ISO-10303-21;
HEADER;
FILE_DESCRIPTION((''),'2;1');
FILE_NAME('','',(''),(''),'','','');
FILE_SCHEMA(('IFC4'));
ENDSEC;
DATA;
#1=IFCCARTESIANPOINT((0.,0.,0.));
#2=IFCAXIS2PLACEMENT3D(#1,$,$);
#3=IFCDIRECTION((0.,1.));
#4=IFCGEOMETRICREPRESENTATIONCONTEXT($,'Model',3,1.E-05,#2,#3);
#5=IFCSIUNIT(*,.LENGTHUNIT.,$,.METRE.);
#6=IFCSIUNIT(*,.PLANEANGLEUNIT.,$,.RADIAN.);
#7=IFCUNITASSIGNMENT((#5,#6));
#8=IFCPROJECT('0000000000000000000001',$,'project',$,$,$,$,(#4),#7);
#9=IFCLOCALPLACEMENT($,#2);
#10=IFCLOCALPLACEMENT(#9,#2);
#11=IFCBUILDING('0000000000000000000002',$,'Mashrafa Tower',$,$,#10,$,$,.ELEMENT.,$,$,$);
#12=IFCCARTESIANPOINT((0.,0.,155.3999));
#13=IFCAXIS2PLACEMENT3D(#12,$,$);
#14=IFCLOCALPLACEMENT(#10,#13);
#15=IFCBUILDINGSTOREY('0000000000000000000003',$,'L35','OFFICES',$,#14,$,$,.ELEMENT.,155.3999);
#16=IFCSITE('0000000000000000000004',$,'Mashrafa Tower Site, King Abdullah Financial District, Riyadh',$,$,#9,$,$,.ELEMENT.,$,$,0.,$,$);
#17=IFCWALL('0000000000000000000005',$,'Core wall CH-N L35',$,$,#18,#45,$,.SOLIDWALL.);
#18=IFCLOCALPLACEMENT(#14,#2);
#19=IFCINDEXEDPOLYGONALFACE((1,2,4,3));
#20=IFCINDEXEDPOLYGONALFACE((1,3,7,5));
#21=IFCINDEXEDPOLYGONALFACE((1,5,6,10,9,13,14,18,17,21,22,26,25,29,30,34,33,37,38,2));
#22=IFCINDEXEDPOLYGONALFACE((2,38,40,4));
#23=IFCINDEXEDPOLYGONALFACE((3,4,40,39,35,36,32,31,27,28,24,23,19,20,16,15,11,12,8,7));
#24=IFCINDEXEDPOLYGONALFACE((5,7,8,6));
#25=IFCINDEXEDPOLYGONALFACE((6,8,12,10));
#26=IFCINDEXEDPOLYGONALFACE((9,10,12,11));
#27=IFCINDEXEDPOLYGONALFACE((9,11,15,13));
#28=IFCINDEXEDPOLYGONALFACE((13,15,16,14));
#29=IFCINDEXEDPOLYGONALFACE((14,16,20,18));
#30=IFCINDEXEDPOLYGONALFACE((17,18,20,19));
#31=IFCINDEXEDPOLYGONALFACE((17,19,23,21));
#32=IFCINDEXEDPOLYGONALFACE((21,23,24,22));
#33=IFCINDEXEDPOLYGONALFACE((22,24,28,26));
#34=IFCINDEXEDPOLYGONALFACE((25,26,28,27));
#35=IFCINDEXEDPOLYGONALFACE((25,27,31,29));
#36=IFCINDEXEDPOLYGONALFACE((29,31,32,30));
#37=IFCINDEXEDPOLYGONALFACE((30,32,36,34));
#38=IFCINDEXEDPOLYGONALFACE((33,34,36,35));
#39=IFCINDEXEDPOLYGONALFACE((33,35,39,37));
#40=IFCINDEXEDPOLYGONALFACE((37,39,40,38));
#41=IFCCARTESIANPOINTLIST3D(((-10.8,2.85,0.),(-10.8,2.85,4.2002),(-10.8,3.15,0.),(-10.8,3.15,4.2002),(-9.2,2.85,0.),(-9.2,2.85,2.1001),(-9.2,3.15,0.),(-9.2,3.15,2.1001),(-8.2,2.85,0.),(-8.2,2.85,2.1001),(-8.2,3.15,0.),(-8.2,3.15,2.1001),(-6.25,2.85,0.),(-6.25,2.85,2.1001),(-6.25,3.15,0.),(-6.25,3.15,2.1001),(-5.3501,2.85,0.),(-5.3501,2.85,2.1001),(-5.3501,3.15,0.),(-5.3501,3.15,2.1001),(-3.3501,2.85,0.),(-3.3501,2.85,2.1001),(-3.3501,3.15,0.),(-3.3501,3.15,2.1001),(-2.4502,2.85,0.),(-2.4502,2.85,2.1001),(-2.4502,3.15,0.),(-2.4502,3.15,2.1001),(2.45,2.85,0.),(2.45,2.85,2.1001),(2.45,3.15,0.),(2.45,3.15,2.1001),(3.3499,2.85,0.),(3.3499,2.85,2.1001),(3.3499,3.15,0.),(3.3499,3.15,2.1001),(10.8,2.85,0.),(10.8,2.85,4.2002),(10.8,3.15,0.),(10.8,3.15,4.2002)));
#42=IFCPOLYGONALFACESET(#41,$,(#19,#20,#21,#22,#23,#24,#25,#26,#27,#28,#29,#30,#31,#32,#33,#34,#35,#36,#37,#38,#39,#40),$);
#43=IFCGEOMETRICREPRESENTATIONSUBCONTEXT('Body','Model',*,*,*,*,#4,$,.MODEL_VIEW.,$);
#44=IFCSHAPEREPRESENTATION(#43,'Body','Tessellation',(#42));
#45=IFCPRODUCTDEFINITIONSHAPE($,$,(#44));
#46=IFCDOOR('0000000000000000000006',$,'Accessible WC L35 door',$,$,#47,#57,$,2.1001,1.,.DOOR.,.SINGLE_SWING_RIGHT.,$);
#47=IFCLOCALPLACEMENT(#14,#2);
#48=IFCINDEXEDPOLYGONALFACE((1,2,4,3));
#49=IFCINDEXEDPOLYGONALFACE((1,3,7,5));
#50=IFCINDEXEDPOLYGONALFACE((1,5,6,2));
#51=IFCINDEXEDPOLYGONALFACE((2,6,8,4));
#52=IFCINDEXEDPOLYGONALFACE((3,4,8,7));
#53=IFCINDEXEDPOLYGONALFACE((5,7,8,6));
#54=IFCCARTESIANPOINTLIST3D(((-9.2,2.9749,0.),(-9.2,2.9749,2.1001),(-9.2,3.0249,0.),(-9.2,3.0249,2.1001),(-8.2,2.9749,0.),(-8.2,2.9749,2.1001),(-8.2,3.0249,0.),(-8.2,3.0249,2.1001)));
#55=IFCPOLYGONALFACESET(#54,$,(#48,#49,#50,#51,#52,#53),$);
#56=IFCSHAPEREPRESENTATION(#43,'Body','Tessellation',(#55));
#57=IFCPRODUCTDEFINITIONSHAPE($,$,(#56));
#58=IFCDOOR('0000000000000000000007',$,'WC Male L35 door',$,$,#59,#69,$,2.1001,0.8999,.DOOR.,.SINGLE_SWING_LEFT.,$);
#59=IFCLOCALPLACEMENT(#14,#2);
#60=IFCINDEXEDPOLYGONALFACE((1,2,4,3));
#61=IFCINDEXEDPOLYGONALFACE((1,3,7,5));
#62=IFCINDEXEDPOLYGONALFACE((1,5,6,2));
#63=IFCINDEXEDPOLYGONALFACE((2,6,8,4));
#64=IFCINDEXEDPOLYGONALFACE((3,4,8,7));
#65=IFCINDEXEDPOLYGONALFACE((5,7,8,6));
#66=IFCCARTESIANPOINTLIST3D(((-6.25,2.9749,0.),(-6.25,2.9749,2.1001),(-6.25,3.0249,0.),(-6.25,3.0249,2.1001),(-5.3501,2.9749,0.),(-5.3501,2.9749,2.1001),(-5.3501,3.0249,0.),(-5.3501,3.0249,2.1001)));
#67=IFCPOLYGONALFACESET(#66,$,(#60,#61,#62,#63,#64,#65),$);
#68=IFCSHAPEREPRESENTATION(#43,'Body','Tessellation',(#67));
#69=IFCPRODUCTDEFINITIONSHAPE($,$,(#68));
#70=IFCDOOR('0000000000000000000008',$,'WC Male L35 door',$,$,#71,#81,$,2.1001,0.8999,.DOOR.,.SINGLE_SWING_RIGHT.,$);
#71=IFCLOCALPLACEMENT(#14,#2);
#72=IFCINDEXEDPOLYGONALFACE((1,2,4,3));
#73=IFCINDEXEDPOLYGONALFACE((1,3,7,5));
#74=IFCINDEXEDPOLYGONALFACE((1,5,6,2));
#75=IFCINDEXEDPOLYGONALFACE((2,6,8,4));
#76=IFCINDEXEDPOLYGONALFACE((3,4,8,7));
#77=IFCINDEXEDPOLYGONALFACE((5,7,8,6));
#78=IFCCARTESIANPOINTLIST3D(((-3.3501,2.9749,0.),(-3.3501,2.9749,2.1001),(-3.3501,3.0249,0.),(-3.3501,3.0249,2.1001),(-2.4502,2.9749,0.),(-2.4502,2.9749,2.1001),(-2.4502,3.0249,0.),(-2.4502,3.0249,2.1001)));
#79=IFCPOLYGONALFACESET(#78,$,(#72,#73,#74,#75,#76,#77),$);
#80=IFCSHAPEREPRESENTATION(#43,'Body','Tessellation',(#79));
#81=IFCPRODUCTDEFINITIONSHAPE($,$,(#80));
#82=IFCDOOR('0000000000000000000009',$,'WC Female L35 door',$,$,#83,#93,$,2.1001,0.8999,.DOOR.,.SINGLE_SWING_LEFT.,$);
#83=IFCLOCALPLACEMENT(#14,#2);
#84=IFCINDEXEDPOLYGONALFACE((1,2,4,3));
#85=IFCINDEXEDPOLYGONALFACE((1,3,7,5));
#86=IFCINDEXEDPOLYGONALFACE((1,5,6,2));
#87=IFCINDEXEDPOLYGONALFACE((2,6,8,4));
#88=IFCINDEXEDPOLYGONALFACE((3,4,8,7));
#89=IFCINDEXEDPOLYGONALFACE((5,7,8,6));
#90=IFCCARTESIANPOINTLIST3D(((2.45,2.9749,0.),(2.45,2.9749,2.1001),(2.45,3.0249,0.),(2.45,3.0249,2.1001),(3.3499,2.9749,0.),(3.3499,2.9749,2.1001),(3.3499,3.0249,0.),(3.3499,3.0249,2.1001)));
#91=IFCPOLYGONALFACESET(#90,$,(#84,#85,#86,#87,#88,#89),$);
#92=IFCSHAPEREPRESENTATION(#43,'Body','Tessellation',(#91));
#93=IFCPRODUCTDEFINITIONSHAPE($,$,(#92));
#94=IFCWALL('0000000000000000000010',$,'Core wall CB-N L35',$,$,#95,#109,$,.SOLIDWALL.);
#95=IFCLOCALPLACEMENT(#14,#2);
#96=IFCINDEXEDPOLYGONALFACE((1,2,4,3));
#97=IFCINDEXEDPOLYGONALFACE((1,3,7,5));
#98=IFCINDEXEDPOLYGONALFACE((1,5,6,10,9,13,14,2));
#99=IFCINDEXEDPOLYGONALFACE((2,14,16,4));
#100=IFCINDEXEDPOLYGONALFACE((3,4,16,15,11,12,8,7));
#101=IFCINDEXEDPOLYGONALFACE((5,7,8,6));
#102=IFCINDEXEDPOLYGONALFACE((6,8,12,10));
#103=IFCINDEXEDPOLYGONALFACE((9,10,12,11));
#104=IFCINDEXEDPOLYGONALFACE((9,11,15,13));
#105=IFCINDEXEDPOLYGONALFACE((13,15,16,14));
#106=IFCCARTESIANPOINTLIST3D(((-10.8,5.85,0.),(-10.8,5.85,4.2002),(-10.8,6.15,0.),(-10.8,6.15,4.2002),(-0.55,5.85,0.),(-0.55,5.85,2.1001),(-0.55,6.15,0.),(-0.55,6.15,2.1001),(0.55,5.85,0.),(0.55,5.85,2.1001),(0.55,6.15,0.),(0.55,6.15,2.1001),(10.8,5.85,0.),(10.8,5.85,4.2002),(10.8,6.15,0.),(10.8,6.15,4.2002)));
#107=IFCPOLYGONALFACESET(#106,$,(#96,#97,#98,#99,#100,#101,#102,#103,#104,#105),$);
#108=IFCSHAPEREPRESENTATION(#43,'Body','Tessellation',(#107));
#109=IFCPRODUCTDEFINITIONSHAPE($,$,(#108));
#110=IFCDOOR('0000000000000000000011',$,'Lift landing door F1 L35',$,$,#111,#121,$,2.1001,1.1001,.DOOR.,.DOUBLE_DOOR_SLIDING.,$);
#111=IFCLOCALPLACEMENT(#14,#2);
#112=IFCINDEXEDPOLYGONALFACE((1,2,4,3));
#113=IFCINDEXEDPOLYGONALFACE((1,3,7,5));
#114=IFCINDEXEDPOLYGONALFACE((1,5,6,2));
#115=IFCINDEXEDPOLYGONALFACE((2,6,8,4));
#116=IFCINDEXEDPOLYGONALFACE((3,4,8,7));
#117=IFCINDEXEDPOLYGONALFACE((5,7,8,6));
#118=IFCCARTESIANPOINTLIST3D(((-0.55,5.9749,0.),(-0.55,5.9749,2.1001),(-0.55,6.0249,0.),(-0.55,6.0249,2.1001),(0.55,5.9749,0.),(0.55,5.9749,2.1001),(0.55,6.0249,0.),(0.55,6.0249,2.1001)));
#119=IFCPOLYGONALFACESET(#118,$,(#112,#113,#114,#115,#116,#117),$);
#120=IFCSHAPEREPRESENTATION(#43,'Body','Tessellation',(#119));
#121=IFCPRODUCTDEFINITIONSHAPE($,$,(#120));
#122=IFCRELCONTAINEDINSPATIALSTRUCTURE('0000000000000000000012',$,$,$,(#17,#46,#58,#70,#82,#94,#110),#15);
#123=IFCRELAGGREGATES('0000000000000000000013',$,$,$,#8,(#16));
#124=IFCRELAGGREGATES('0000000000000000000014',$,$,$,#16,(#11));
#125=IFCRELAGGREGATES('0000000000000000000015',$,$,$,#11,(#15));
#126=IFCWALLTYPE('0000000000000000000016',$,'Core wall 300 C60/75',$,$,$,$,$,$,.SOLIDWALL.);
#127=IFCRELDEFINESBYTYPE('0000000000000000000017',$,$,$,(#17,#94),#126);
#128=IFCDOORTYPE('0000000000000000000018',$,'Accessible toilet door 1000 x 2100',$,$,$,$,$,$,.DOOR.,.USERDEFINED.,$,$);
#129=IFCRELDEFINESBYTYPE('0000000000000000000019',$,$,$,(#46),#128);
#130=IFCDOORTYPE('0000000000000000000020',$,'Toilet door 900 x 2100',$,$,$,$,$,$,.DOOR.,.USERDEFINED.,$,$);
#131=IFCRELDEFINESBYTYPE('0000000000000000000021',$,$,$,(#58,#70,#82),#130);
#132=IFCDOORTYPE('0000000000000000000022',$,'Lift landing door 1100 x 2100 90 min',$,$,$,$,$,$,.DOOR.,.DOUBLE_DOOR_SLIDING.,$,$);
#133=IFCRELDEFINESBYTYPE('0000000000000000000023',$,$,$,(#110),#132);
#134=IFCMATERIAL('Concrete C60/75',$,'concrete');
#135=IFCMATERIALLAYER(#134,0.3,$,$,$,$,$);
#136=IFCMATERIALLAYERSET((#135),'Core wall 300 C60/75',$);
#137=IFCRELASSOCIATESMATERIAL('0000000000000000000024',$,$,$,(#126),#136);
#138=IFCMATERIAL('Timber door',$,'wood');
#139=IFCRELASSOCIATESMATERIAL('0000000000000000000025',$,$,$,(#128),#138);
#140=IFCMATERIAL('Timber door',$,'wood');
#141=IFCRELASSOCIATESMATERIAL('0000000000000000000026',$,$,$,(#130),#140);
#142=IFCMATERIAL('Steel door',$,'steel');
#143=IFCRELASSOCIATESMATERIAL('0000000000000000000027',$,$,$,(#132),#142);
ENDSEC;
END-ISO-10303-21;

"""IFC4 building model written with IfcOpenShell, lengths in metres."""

from ifc_helpers import new_model, si_unit, direction, frame, frame_2d, origin, place, context, subcontext, project, spatial, rectangle, extrude, material, layer, layer_set, type_object, element, fill, save


model = new_model("IFC4")

# Units and contexts
model_context = context("Model", 3, precision=1e-05, world=origin(), true_north=direction((0.0, 1.0)))
body_context = subcontext(model_context, "Body", "Model", "MODEL_VIEW")
ifc_project = project(units=[si_unit("LENGTHUNIT", "METRE"), si_unit("PLANEANGLEUNIT", "RADIAN")], contexts=[model_context])

# Site, building, storey
site_placement = place(None, origin())
site = spatial("IfcSite", under=ifc_project, at=site_placement, Name="Mashrafa Tower Site, King Abdullah Financial District, Riyadh", CompositionType="ELEMENT", RefElevation=0.0)
building_placement = place(site_placement, origin())
building = spatial("IfcBuilding", under=site, at=building_placement, Name="Mashrafa Tower", CompositionType="ELEMENT")
storey_placement = place(building_placement, frame((0.0, 0.0, 155.3999)))
storey = spatial("IfcBuildingStorey", under=building, at=storey_placement, Name="L35", Description="OFFICES", CompositionType="ELEMENT", Elevation=155.3999)

# Wall, openings, doors
ifc_material_1 = material(Name="Concrete C60/75", Category="concrete")
ifc_layer_1 = layer(ifc_material_1, 0.3)
ifc_layer_set_1 = layer_set([ifc_layer_1], Name="Core wall 300 C60/75")
wall_type_1 = type_object("IfcWallType", Name="Core wall 300 C60/75", PredefinedType="SOLIDWALL", material=ifc_layer_set_1)
wall_1_placement = place(storey_placement, frame((-10.8, 3.0, 0.0), z_axis=(0.0, 0.0, 1.0), x_axis=(1.0, 0.0, 0.0)))
wall_1 = element("IfcWall", 1, at=wall_1_placement, inside=storey, type_object=wall_type_1, Name="Core wall CH-N L35", PredefinedType="SOLIDWALL", context=body_context, shape_type="SweptSolid", body=[
    extrude(rectangle(XDim=21.6001, YDim=0.3, at=frame_2d((10.8, 0.0))), origin(), (0.0, 0.0, 1.0), 4.2002),
])
opening_1_placement = place(wall_1_placement, frame((1.6001, 0.0, 0.0)))
opening_1 = element("IfcOpeningElement", 2, at=opening_1_placement, cuts=wall_1, PredefinedType="OPENING", context=body_context, shape_type="SweptSolid", body=[
    extrude(rectangle(XDim=1.0, YDim=2.1001, at=frame_2d((0.5, 1.05))), frame((0.0, 0.1599, 0.0), z_axis=(0.0, -1.0, 0.0), x_axis=(1.0, 0.0, 0.0)), (0.0, 0.0, 1.0), 0.3201),
])
opening_2_placement = place(wall_1_placement, frame((4.55, 0.0, 0.0)))
opening_2 = element("IfcOpeningElement", 3, at=opening_2_placement, cuts=wall_1, PredefinedType="OPENING", context=body_context, shape_type="SweptSolid", body=[
    extrude(rectangle(XDim=0.8999, YDim=2.1001, at=frame_2d((0.45, 1.05))), frame((0.0, 0.1599, 0.0), z_axis=(0.0, -1.0, 0.0), x_axis=(1.0, 0.0, 0.0)), (0.0, 0.0, 1.0), 0.3201),
])
opening_3_placement = place(wall_1_placement, frame((7.45, 0.0, 0.0)))
opening_3 = element("IfcOpeningElement", 4, at=opening_3_placement, cuts=wall_1, PredefinedType="OPENING", context=body_context, shape_type="SweptSolid", body=[
    extrude(rectangle(XDim=0.8999, YDim=2.1001, at=frame_2d((0.45, 1.05))), frame((0.0, 0.1599, 0.0), z_axis=(0.0, -1.0, 0.0), x_axis=(1.0, 0.0, 0.0)), (0.0, 0.0, 1.0), 0.3201),
])
opening_4_placement = place(wall_1_placement, frame((13.25, 0.0, 0.0)))
opening_4 = element("IfcOpeningElement", 5, at=opening_4_placement, cuts=wall_1, PredefinedType="OPENING", context=body_context, shape_type="SweptSolid", body=[
    extrude(rectangle(XDim=0.8999, YDim=2.1001, at=frame_2d((0.45, 1.05))), frame((0.0, 0.1599, 0.0), z_axis=(0.0, -1.0, 0.0), x_axis=(1.0, 0.0, 0.0)), (0.0, 0.0, 1.0), 0.3201),
])
ifc_material_2 = material(Name="Timber door", Category="wood")
door_type_1 = type_object("IfcDoorType", Name="Accessible toilet door 1000 x 2100", OperationType="USERDEFINED", PredefinedType="DOOR", material=ifc_material_2)
door_1_placement = place(opening_1_placement, origin())
door_1 = element("IfcDoor", 6, at=door_1_placement, inside=storey, type_object=door_type_1, Name="Accessible WC L35 door", OperationType="SINGLE_SWING_RIGHT", OverallHeight=2.1001, OverallWidth=1.0, PredefinedType="DOOR", context=body_context, shape_type="SweptSolid", body=[
    extrude(rectangle(XDim=1.0, YDim=2.1001, at=frame_2d((0.5, 1.05))), frame((0.0, 0.0249, 0.0), z_axis=(0.0, -1.0, 0.0), x_axis=(1.0, 0.0, 0.0)), (0.0, 0.0, 1.0), 0.05),
])
fill(opening_1, door_1)
ifc_material_3 = material(Name="Timber door", Category="wood")
door_type_2 = type_object("IfcDoorType", Name="Toilet door 900 x 2100", OperationType="USERDEFINED", PredefinedType="DOOR", material=ifc_material_3)
door_2_placement = place(opening_2_placement, origin())
door_2 = element("IfcDoor", 7, at=door_2_placement, inside=storey, type_object=door_type_2, Name="WC Male L35 door", OperationType="SINGLE_SWING_LEFT", OverallHeight=2.1001, OverallWidth=0.8999, PredefinedType="DOOR", context=body_context, shape_type="SweptSolid", body=[
    extrude(rectangle(XDim=0.8999, YDim=2.1001, at=frame_2d((0.45, 1.05))), frame((0.0, 0.0249, 0.0), z_axis=(0.0, -1.0, 0.0), x_axis=(1.0, 0.0, 0.0)), (0.0, 0.0, 1.0), 0.05),
])
fill(opening_2, door_2)
door_3_placement = place(opening_3_placement, origin())
door_3 = element("IfcDoor", 8, at=door_3_placement, inside=storey, type_object=door_type_2, Name="WC Male L35 door", OperationType="SINGLE_SWING_RIGHT", OverallHeight=2.1001, OverallWidth=0.8999, PredefinedType="DOOR", context=body_context, shape_type="SweptSolid", body=[
    extrude(rectangle(XDim=0.8999, YDim=2.1001, at=frame_2d((0.45, 1.05))), frame((0.0, 0.0249, 0.0), z_axis=(0.0, -1.0, 0.0), x_axis=(1.0, 0.0, 0.0)), (0.0, 0.0, 1.0), 0.05),
])
fill(opening_3, door_3)
door_4_placement = place(opening_4_placement, origin())
door_4 = element("IfcDoor", 9, at=door_4_placement, inside=storey, type_object=door_type_2, Name="WC Female L35 door", OperationType="SINGLE_SWING_LEFT", OverallHeight=2.1001, OverallWidth=0.8999, PredefinedType="DOOR", context=body_context, shape_type="SweptSolid", body=[
    extrude(rectangle(XDim=0.8999, YDim=2.1001, at=frame_2d((0.45, 1.05))), frame((0.0, 0.0249, 0.0), z_axis=(0.0, -1.0, 0.0), x_axis=(1.0, 0.0, 0.0)), (0.0, 0.0, 1.0), 0.05),
])
fill(opening_4, door_4)

# Wall, opening, door
wall_2_placement = place(storey_placement, frame((-10.8, 6.0, 0.0), z_axis=(0.0, 0.0, 1.0), x_axis=(1.0, 0.0, 0.0)))
wall_2 = element("IfcWall", 10, at=wall_2_placement, inside=storey, type_object=wall_type_1, Name="Core wall CB-N L35", PredefinedType="SOLIDWALL", context=body_context, shape_type="SweptSolid", body=[
    extrude(rectangle(XDim=21.6001, YDim=0.3, at=frame_2d((10.8, 0.0))), origin(), (0.0, 0.0, 1.0), 4.2002),
])
opening_5_placement = place(wall_2_placement, frame((10.25, 0.0, 0.0)))
opening_5 = element("IfcOpeningElement", 11, at=opening_5_placement, cuts=wall_2, PredefinedType="OPENING", context=body_context, shape_type="SweptSolid", body=[
    extrude(rectangle(XDim=1.1001, YDim=2.1001, at=frame_2d((0.55, 1.05))), frame((0.0, 0.1599, 0.0), z_axis=(0.0, -1.0, 0.0), x_axis=(1.0, 0.0, 0.0)), (0.0, 0.0, 1.0), 0.3201),
])
ifc_material_4 = material(Name="Steel door", Category="steel")
door_type_3 = type_object("IfcDoorType", Name="Lift landing door 1100 x 2100 90 min", OperationType="DOUBLE_DOOR_SLIDING", PredefinedType="DOOR", material=ifc_material_4)
door_5_placement = place(opening_5_placement, origin())
door_5 = element("IfcDoor", 12, at=door_5_placement, inside=storey, type_object=door_type_3, Name="Lift landing door F1 L35", OperationType="DOUBLE_DOOR_SLIDING", OverallHeight=2.1001, OverallWidth=1.1001, PredefinedType="DOOR", context=body_context, shape_type="SweptSolid", body=[
    extrude(rectangle(XDim=1.1001, YDim=2.1001, at=frame_2d((0.55, 1.05))), frame((0.0, 0.0249, 0.0), z_axis=(0.0, -1.0, 0.0), x_axis=(1.0, 0.0, 0.0)), (0.0, 0.0, 1.0), 0.05),
])
fill(opening_5, door_5)

save(model, "model.ifc")
